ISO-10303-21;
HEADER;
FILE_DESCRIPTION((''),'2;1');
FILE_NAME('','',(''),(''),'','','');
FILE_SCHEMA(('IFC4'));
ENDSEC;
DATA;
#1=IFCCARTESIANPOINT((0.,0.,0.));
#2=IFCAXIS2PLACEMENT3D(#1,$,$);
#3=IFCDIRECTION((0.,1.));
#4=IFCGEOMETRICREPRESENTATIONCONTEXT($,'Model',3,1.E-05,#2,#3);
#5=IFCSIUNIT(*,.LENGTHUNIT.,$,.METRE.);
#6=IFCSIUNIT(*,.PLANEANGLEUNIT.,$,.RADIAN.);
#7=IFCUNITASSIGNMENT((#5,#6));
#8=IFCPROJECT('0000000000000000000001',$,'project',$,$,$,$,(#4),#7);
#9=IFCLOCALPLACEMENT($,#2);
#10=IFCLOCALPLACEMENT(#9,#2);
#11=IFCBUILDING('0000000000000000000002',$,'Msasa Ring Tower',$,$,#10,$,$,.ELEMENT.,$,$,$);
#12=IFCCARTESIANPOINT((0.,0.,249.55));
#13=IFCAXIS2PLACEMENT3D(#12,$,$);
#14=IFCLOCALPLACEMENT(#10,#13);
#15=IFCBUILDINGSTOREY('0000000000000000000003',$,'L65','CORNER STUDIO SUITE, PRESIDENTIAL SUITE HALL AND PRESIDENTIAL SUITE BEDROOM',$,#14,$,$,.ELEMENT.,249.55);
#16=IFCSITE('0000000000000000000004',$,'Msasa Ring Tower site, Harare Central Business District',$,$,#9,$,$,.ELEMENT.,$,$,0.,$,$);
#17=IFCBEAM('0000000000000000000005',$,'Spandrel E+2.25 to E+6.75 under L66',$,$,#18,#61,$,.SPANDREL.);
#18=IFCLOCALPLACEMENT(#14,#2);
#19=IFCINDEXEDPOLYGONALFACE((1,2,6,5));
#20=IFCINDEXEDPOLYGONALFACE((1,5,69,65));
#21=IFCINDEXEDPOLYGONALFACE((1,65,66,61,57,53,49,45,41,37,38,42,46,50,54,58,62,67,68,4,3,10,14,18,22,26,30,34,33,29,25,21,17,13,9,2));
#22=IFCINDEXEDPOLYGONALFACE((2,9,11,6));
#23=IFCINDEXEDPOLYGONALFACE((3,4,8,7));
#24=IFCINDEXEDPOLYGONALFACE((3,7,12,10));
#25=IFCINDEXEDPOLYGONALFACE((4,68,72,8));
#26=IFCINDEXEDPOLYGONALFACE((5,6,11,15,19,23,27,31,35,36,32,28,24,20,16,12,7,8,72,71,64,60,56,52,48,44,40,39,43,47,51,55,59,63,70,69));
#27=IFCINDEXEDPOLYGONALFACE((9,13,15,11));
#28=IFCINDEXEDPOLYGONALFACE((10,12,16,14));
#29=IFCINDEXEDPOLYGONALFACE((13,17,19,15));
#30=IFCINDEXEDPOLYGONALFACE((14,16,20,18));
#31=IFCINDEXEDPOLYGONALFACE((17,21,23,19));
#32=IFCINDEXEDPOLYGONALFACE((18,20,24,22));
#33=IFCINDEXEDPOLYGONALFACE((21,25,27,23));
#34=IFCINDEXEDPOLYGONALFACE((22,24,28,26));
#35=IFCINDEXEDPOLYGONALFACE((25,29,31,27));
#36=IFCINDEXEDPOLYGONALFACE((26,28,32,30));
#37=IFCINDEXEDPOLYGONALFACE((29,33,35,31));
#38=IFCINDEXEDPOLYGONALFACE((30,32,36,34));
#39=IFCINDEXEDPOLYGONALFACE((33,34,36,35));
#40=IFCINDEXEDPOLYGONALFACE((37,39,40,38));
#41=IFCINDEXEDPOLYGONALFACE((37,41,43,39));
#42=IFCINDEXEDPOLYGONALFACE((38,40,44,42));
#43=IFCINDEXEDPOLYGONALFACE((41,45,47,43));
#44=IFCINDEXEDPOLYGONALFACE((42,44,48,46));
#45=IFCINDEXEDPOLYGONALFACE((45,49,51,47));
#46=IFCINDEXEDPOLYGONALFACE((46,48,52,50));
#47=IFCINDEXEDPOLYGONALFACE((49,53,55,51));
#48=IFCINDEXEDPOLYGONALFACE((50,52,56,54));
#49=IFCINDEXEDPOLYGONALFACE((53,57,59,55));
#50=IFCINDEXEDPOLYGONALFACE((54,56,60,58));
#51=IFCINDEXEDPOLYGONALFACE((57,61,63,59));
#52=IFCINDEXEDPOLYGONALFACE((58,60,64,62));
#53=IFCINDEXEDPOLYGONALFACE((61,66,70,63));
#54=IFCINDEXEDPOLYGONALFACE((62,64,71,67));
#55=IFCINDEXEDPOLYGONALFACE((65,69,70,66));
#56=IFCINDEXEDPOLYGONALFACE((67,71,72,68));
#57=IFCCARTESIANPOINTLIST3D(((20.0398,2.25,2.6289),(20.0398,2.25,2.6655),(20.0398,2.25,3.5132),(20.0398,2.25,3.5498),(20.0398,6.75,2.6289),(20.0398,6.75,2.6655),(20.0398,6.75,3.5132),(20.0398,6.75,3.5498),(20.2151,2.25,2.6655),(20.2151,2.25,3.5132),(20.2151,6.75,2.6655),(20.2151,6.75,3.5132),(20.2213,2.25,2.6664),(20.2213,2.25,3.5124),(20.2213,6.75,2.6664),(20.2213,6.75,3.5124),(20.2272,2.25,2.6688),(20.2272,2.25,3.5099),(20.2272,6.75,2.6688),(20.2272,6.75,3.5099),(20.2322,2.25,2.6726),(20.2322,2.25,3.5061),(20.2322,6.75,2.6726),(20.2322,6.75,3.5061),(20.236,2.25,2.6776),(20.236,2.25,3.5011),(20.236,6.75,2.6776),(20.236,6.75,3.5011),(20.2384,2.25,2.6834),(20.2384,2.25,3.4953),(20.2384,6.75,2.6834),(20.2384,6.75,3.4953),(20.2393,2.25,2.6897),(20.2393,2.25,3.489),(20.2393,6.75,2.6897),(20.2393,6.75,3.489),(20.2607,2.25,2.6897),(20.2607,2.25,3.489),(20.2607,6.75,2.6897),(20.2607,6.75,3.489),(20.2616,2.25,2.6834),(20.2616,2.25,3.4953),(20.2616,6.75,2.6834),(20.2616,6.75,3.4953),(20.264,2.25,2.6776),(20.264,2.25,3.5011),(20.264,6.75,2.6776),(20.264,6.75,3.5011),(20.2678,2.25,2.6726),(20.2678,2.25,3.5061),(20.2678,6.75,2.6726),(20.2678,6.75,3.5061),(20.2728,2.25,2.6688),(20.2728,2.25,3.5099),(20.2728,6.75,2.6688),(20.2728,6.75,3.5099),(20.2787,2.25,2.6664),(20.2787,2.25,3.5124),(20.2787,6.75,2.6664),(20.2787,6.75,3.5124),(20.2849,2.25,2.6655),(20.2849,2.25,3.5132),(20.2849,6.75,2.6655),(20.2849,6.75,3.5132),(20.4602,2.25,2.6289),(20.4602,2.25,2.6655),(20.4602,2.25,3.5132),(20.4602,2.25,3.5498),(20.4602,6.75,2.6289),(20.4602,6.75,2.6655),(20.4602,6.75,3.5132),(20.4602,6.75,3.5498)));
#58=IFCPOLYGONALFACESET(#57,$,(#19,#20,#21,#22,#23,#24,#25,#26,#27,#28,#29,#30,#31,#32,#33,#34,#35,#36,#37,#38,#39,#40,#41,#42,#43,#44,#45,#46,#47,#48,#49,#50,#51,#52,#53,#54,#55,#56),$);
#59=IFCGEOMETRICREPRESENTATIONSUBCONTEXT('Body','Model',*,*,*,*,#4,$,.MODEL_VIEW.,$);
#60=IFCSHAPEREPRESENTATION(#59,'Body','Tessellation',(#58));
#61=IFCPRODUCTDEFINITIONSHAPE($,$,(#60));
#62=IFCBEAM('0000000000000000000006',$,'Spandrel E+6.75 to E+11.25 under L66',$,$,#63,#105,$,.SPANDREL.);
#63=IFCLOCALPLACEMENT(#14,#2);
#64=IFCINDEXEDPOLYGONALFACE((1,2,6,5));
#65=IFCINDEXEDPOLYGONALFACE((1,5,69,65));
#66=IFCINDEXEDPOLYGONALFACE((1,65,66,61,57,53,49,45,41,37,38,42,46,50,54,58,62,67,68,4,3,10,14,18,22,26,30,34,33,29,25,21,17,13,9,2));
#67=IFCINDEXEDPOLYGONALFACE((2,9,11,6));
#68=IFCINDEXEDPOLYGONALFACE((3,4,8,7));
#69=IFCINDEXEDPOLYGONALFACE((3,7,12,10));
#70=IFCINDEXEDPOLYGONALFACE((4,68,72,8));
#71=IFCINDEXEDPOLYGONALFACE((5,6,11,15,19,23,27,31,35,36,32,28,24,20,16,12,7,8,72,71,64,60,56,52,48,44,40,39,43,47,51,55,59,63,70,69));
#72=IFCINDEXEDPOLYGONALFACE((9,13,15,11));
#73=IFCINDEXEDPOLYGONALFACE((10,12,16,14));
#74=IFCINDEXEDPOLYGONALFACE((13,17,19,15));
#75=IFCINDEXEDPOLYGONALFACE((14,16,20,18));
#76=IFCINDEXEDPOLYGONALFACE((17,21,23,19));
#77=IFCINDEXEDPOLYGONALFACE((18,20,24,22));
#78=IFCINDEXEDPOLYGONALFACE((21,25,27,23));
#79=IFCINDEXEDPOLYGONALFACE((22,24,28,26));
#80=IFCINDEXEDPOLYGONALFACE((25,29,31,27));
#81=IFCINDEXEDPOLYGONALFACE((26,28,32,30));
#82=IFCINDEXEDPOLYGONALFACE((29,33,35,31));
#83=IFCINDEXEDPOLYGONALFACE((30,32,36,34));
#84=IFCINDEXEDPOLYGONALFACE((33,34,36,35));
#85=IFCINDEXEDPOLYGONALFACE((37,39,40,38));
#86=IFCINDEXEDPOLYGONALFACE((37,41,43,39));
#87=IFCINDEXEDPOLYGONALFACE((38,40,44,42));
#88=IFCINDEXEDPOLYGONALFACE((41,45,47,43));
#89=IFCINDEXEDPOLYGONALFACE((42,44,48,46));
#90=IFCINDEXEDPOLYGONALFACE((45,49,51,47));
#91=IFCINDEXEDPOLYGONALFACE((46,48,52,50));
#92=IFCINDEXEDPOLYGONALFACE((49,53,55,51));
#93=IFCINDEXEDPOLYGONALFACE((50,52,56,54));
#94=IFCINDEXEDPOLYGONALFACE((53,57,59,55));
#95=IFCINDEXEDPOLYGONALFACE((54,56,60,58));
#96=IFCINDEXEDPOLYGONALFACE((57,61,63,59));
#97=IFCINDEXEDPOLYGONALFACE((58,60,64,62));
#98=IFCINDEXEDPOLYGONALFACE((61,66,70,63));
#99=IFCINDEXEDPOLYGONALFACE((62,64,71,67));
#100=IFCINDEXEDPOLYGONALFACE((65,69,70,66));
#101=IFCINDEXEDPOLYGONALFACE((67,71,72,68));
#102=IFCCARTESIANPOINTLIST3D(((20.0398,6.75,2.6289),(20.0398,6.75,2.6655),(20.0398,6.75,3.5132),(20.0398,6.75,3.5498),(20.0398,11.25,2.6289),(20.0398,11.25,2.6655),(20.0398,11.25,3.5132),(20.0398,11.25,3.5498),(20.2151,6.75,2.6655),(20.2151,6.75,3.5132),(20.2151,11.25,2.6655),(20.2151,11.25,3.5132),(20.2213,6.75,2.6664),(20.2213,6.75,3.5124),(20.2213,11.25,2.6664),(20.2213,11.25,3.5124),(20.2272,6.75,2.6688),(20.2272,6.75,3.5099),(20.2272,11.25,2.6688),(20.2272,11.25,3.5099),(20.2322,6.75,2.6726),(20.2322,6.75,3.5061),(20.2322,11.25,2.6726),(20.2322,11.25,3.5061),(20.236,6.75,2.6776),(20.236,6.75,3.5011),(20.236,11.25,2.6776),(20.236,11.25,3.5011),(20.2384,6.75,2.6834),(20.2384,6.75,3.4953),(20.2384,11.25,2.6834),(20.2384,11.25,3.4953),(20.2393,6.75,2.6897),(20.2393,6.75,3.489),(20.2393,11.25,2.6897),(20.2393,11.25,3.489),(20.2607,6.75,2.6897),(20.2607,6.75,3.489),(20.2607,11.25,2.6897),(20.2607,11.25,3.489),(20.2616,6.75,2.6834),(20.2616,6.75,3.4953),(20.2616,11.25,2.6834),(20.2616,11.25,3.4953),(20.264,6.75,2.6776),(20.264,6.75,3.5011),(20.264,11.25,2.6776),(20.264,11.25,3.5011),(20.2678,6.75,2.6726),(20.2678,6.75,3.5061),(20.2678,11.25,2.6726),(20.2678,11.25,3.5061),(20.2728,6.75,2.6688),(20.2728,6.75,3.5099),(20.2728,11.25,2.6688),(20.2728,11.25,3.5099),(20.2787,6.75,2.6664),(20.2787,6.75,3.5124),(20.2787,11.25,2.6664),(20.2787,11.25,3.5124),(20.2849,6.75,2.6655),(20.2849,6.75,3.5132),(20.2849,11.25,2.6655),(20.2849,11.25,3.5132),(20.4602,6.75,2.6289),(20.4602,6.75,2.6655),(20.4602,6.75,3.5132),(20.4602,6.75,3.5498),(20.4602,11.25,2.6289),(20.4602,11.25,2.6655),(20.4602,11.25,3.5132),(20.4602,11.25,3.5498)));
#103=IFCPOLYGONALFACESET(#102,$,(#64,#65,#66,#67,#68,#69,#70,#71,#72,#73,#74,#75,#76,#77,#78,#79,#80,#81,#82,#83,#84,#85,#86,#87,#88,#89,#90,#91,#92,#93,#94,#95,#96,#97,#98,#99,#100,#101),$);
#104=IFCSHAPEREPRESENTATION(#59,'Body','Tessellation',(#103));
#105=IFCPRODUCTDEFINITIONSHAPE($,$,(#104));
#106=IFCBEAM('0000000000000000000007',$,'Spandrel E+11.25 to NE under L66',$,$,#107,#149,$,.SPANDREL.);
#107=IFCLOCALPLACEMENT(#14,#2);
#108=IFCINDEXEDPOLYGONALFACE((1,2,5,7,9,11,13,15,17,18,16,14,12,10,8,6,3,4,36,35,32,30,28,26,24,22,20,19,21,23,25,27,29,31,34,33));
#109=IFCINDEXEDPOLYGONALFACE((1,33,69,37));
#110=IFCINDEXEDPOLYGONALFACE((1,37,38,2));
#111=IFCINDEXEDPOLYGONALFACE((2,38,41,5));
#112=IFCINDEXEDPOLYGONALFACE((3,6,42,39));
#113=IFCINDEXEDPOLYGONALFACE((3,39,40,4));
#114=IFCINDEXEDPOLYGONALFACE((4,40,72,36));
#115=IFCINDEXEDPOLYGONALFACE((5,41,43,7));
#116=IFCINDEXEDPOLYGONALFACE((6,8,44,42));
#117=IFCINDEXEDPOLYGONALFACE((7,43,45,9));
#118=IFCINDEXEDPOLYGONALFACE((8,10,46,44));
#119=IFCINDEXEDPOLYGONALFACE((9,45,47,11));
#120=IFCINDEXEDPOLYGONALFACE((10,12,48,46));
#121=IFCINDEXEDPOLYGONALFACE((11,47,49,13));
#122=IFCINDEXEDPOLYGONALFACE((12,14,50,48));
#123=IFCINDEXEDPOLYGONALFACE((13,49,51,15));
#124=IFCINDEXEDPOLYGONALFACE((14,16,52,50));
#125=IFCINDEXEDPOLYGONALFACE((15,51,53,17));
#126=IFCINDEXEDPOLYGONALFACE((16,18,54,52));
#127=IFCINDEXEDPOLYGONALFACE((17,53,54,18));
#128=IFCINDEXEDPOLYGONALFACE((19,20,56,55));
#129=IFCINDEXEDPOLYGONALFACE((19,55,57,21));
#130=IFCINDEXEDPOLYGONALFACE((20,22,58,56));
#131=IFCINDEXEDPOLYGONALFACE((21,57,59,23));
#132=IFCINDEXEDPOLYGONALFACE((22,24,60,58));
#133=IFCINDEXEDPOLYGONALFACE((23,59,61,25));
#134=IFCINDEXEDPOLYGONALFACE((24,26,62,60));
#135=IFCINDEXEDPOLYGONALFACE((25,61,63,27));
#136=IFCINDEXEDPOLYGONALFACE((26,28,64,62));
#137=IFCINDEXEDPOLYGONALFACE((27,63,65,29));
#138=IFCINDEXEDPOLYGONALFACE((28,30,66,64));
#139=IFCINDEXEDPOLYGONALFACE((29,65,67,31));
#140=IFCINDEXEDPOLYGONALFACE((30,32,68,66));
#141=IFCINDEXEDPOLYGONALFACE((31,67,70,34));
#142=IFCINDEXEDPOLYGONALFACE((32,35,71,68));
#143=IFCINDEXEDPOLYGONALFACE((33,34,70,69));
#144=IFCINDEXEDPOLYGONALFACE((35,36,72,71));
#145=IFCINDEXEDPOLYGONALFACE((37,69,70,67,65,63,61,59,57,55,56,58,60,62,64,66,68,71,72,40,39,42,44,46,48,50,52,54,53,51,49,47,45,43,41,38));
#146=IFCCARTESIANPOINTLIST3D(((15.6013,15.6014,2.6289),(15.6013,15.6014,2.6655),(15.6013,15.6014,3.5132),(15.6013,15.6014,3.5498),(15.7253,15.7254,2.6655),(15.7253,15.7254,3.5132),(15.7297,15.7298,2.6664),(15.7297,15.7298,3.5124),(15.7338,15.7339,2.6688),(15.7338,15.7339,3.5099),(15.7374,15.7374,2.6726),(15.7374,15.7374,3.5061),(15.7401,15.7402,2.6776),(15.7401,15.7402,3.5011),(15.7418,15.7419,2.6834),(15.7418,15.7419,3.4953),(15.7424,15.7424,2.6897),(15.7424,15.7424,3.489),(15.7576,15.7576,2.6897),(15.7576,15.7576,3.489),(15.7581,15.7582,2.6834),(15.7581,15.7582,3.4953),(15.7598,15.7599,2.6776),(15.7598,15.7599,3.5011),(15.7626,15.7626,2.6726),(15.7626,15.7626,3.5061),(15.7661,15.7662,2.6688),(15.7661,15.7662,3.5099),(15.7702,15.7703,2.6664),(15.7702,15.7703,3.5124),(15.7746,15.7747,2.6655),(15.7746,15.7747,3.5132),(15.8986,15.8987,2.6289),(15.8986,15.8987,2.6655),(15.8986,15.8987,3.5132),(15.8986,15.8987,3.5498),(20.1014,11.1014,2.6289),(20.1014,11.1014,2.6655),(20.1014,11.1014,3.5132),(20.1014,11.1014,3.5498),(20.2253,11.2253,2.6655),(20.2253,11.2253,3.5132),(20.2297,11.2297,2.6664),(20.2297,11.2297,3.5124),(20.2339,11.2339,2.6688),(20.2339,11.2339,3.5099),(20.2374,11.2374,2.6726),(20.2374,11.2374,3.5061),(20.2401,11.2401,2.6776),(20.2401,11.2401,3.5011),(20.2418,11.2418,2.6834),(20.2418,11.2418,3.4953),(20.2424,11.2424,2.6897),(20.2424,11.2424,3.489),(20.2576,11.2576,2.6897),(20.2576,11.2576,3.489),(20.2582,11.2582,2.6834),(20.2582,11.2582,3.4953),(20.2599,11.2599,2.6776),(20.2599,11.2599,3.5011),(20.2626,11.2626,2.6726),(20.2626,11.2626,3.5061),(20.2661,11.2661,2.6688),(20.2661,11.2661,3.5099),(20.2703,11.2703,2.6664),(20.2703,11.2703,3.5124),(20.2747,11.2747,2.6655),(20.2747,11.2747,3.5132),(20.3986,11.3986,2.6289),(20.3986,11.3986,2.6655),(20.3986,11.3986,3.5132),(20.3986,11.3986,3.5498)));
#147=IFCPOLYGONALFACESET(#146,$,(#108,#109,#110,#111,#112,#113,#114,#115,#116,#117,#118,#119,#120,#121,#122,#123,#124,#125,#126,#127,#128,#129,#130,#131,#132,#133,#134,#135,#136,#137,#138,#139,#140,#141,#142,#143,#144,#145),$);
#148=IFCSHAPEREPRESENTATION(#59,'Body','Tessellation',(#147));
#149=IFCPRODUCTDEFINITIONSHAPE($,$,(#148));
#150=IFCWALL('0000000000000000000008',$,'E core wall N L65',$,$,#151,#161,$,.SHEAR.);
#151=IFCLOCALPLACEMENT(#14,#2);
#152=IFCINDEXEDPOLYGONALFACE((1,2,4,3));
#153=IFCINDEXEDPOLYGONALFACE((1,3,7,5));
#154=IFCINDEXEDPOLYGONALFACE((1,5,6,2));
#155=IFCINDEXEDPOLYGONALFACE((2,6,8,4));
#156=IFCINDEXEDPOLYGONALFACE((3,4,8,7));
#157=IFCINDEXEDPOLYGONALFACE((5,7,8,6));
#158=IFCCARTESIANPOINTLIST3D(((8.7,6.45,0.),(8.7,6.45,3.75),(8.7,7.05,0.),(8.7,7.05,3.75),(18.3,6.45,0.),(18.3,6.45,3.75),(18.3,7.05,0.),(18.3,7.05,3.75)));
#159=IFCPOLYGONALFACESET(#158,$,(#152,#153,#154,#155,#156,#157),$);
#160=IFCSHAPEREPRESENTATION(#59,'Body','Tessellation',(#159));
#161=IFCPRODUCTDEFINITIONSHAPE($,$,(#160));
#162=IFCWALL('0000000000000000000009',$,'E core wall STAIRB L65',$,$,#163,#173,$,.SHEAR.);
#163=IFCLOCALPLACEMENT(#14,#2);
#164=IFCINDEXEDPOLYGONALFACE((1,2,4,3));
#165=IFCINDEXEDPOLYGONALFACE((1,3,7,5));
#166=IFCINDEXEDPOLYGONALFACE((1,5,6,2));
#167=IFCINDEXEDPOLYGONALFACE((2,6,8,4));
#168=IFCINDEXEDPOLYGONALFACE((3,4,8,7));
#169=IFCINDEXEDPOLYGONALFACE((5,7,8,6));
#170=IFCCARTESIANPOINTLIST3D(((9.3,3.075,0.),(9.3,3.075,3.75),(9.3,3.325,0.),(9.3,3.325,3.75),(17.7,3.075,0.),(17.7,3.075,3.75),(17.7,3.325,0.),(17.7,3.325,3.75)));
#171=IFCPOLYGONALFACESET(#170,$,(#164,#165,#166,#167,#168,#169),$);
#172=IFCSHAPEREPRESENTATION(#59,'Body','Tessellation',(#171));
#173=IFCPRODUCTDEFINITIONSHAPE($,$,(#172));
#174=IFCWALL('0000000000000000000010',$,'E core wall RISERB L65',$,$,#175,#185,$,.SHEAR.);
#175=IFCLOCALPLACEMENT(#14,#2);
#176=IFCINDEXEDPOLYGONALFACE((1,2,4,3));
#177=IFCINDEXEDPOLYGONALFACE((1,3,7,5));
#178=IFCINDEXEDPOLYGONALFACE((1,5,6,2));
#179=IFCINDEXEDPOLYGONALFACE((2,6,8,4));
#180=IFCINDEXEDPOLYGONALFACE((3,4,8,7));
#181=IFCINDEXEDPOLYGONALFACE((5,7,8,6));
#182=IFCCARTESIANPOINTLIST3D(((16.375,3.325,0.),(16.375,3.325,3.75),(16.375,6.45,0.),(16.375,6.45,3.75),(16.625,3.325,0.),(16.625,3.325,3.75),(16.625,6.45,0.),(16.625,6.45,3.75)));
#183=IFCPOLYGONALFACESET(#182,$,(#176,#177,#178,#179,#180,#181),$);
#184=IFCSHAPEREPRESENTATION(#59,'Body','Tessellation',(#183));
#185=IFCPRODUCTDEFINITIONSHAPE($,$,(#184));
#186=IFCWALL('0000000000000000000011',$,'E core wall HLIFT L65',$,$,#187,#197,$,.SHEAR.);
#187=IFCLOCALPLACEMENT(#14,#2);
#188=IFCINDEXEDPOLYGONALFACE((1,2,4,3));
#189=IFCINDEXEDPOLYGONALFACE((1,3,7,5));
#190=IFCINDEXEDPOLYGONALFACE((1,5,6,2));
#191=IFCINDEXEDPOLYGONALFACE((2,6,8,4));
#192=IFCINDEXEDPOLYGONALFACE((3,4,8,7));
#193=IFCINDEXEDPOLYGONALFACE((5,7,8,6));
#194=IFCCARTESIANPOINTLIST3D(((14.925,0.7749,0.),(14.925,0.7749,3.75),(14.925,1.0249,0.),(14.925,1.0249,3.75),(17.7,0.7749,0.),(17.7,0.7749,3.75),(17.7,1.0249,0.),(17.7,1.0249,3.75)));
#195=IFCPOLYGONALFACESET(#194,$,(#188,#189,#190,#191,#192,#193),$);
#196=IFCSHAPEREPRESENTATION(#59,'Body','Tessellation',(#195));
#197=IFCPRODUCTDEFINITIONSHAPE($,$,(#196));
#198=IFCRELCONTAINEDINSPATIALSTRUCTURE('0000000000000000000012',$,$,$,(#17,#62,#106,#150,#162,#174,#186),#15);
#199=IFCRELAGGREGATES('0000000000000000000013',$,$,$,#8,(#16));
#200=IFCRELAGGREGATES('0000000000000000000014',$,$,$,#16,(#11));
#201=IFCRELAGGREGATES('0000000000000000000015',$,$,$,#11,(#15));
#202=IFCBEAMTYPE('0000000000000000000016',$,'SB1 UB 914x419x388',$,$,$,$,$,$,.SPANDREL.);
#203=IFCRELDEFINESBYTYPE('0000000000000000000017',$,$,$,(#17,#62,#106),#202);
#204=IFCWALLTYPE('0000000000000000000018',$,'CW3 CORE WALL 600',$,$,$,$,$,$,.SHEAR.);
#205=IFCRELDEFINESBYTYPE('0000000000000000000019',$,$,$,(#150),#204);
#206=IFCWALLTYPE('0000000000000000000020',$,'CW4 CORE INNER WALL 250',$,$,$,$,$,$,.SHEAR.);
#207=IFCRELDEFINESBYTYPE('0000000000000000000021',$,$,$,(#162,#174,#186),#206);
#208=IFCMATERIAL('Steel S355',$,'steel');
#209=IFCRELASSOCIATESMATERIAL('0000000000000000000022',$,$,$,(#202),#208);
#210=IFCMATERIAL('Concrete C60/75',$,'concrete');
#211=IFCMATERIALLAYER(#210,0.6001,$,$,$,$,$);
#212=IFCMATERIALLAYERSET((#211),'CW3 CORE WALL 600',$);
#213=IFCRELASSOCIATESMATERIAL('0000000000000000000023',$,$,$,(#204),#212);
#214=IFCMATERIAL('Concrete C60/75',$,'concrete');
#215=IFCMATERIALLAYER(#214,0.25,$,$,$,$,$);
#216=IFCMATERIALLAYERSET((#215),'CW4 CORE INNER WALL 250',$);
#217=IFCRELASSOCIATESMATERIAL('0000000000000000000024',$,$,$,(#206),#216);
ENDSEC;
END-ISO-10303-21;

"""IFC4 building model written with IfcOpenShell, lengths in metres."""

from ifc_helpers import new_model, si_unit, direction, frame, frame_2d, origin, origin_2d, place, context, subcontext, project, spatial, rectangle, i_section, extrude, material, layer, layer_set, material_profile, profile_set, type_object, element, save


model = new_model("IFC4")

# Units and contexts
model_context = context("Model", 3, precision=1e-05, world=origin(), true_north=direction((0.0, 1.0)))
body_context = subcontext(model_context, "Body", "Model", "MODEL_VIEW")
ifc_project = project(units=[si_unit("LENGTHUNIT", "METRE"), si_unit("PLANEANGLEUNIT", "RADIAN")], contexts=[model_context])

# Site, building, storey
site_placement = place(None, origin())
site = spatial("IfcSite", under=ifc_project, at=site_placement, Name="Msasa Ring Tower site, Harare Central Business District", CompositionType="ELEMENT", RefElevation=0.0)
building_placement = place(site_placement, origin())
building = spatial("IfcBuilding", under=site, at=building_placement, Name="Msasa Ring Tower", CompositionType="ELEMENT")
storey_placement = place(building_placement, frame((0.0, 0.0, 249.55)))
storey = spatial("IfcBuildingStorey", under=building, at=storey_placement, Name="L65", Description="CORNER STUDIO SUITE, PRESIDENTIAL SUITE HALL AND PRESIDENTIAL SUITE BEDROOM", CompositionType="ELEMENT", Elevation=249.55)

# Beams
ifc_material_1 = material(Name="Steel S355", Category="steel")
ifc_material_profile_1 = material_profile(ifc_material_1, i_section(OverallWidth=0.4204, OverallDepth=0.9209, WebThickness=0.0215, FlangeThickness=0.0366, FilletRadius=0.0242, at=origin_2d()), Name="UB 914x419x388")
ifc_profile_set_1 = profile_set([ifc_material_profile_1], Name="Steel S355")
beam_type_1 = type_object("IfcBeamType", Name="SB1 UB 914x419x388", PredefinedType="SPANDREL", material=ifc_profile_set_1)
for number, where, z_axis, x_axis, name in (
    (1, (20.25, 2.25, 3.0894), (0.0, 1.0, 0.0), (-1.0, 0.0, 0.0), "Spandrel E+2.25 to E+6.75 under L66"),
    (2, (20.25, 6.75, 3.0894), (0.0, 1.0, 0.0), (-1.0, 0.0, 0.0), "Spandrel E+6.75 to E+11.25 under L66"),
):
    element("IfcBeam", number, at=place(storey_placement, frame(where, z_axis=z_axis, x_axis=x_axis)), inside=storey, type_object=beam_type_1, Name=name, PredefinedType="SPANDREL", context=body_context, shape_type="SweptSolid", body=[
        extrude(i_section(OverallWidth=0.4204, OverallDepth=0.9209, WebThickness=0.0215, FlangeThickness=0.0366, FilletRadius=0.0242, at=origin_2d()), origin(), (0.0, 0.0, 1.0), 4.5),
    ])
beam_1_placement = place(storey_placement, frame((20.25, 11.25, 3.0894), z_axis=(-0.707107, 0.707107, 0.0), x_axis=(-0.707107, -0.707107, 0.0)))
element("IfcBeam", 3, at=beam_1_placement, inside=storey, type_object=beam_type_1, Name="Spandrel E+11.25 to NE under L66", PredefinedType="SPANDREL", context=body_context, shape_type="SweptSolid", body=[
    extrude(i_section(OverallWidth=0.4204, OverallDepth=0.9209, WebThickness=0.0215, FlangeThickness=0.0366, FilletRadius=0.0242, at=origin_2d()), origin(), (0.0, 0.0, 1.0), 6.364),
])

# Walls
ifc_material_2 = material(Name="Concrete C60/75", Category="concrete")
ifc_layer_1 = layer(ifc_material_2, 0.6001)
ifc_layer_set_1 = layer_set([ifc_layer_1], Name="CW3 CORE WALL 600")
wall_type_1 = type_object("IfcWallType", Name="CW3 CORE WALL 600", PredefinedType="SHEAR", material=ifc_layer_set_1)
wall_1_placement = place(storey_placement, frame((8.7, 6.75, 0.0), z_axis=(0.0, 0.0, 1.0), x_axis=(1.0, 0.0, 0.0)))
element("IfcWall", 4, at=wall_1_placement, inside=storey, type_object=wall_type_1, Name="E core wall N L65", PredefinedType="SHEAR", context=body_context, shape_type="SweptSolid", body=[
    extrude(rectangle(XDim=9.6001, YDim=0.6001, at=frame_2d((4.8, 0.0))), origin(), (0.0, 0.0, 1.0), 3.75),
])
ifc_material_3 = material(Name="Concrete C60/75", Category="concrete")
ifc_layer_2 = layer(ifc_material_3, 0.25)
ifc_layer_set_2 = layer_set([ifc_layer_2], Name="CW4 CORE INNER WALL 250")
wall_type_2 = type_object("IfcWallType", Name="CW4 CORE INNER WALL 250", PredefinedType="SHEAR", material=ifc_layer_set_2)
wall_2_placement = place(storey_placement, frame((9.3, 3.2, 0.0), z_axis=(0.0, 0.0, 1.0), x_axis=(1.0, 0.0, 0.0)))
element("IfcWall", 5, at=wall_2_placement, inside=storey, type_object=wall_type_2, Name="E core wall STAIRB L65", PredefinedType="SHEAR", context=body_context, shape_type="SweptSolid", body=[
    extrude(rectangle(XDim=8.3999, YDim=0.25, at=frame_2d((4.2, 0.0))), origin(), (0.0, 0.0, 1.0), 3.75),
])
wall_3_placement = place(storey_placement, frame((16.5, 3.325, 0.0), z_axis=(0.0, 0.0, 1.0), x_axis=(0.0, 1.0, 0.0)))
element("IfcWall", 6, at=wall_3_placement, inside=storey, type_object=wall_type_2, Name="E core wall RISERB L65", PredefinedType="SHEAR", context=body_context, shape_type="SweptSolid", body=[
    extrude(rectangle(XDim=3.125, YDim=0.25, at=frame_2d((1.5625, 0.0))), origin(), (0.0, 0.0, 1.0), 3.75),
])
wall_4_placement = place(storey_placement, frame((14.925, 0.8999, 0.0), z_axis=(0.0, 0.0, 1.0), x_axis=(1.0, 0.0, 0.0)))
element("IfcWall", 7, at=wall_4_placement, inside=storey, type_object=wall_type_2, Name="E core wall HLIFT L65", PredefinedType="SHEAR", context=body_context, shape_type="SweptSolid", body=[
    extrude(rectangle(XDim=2.7749, YDim=0.25, at=frame_2d((1.3875, 0.0))), origin(), (0.0, 0.0, 1.0), 3.75),
])

save(model, "model.ifc")
